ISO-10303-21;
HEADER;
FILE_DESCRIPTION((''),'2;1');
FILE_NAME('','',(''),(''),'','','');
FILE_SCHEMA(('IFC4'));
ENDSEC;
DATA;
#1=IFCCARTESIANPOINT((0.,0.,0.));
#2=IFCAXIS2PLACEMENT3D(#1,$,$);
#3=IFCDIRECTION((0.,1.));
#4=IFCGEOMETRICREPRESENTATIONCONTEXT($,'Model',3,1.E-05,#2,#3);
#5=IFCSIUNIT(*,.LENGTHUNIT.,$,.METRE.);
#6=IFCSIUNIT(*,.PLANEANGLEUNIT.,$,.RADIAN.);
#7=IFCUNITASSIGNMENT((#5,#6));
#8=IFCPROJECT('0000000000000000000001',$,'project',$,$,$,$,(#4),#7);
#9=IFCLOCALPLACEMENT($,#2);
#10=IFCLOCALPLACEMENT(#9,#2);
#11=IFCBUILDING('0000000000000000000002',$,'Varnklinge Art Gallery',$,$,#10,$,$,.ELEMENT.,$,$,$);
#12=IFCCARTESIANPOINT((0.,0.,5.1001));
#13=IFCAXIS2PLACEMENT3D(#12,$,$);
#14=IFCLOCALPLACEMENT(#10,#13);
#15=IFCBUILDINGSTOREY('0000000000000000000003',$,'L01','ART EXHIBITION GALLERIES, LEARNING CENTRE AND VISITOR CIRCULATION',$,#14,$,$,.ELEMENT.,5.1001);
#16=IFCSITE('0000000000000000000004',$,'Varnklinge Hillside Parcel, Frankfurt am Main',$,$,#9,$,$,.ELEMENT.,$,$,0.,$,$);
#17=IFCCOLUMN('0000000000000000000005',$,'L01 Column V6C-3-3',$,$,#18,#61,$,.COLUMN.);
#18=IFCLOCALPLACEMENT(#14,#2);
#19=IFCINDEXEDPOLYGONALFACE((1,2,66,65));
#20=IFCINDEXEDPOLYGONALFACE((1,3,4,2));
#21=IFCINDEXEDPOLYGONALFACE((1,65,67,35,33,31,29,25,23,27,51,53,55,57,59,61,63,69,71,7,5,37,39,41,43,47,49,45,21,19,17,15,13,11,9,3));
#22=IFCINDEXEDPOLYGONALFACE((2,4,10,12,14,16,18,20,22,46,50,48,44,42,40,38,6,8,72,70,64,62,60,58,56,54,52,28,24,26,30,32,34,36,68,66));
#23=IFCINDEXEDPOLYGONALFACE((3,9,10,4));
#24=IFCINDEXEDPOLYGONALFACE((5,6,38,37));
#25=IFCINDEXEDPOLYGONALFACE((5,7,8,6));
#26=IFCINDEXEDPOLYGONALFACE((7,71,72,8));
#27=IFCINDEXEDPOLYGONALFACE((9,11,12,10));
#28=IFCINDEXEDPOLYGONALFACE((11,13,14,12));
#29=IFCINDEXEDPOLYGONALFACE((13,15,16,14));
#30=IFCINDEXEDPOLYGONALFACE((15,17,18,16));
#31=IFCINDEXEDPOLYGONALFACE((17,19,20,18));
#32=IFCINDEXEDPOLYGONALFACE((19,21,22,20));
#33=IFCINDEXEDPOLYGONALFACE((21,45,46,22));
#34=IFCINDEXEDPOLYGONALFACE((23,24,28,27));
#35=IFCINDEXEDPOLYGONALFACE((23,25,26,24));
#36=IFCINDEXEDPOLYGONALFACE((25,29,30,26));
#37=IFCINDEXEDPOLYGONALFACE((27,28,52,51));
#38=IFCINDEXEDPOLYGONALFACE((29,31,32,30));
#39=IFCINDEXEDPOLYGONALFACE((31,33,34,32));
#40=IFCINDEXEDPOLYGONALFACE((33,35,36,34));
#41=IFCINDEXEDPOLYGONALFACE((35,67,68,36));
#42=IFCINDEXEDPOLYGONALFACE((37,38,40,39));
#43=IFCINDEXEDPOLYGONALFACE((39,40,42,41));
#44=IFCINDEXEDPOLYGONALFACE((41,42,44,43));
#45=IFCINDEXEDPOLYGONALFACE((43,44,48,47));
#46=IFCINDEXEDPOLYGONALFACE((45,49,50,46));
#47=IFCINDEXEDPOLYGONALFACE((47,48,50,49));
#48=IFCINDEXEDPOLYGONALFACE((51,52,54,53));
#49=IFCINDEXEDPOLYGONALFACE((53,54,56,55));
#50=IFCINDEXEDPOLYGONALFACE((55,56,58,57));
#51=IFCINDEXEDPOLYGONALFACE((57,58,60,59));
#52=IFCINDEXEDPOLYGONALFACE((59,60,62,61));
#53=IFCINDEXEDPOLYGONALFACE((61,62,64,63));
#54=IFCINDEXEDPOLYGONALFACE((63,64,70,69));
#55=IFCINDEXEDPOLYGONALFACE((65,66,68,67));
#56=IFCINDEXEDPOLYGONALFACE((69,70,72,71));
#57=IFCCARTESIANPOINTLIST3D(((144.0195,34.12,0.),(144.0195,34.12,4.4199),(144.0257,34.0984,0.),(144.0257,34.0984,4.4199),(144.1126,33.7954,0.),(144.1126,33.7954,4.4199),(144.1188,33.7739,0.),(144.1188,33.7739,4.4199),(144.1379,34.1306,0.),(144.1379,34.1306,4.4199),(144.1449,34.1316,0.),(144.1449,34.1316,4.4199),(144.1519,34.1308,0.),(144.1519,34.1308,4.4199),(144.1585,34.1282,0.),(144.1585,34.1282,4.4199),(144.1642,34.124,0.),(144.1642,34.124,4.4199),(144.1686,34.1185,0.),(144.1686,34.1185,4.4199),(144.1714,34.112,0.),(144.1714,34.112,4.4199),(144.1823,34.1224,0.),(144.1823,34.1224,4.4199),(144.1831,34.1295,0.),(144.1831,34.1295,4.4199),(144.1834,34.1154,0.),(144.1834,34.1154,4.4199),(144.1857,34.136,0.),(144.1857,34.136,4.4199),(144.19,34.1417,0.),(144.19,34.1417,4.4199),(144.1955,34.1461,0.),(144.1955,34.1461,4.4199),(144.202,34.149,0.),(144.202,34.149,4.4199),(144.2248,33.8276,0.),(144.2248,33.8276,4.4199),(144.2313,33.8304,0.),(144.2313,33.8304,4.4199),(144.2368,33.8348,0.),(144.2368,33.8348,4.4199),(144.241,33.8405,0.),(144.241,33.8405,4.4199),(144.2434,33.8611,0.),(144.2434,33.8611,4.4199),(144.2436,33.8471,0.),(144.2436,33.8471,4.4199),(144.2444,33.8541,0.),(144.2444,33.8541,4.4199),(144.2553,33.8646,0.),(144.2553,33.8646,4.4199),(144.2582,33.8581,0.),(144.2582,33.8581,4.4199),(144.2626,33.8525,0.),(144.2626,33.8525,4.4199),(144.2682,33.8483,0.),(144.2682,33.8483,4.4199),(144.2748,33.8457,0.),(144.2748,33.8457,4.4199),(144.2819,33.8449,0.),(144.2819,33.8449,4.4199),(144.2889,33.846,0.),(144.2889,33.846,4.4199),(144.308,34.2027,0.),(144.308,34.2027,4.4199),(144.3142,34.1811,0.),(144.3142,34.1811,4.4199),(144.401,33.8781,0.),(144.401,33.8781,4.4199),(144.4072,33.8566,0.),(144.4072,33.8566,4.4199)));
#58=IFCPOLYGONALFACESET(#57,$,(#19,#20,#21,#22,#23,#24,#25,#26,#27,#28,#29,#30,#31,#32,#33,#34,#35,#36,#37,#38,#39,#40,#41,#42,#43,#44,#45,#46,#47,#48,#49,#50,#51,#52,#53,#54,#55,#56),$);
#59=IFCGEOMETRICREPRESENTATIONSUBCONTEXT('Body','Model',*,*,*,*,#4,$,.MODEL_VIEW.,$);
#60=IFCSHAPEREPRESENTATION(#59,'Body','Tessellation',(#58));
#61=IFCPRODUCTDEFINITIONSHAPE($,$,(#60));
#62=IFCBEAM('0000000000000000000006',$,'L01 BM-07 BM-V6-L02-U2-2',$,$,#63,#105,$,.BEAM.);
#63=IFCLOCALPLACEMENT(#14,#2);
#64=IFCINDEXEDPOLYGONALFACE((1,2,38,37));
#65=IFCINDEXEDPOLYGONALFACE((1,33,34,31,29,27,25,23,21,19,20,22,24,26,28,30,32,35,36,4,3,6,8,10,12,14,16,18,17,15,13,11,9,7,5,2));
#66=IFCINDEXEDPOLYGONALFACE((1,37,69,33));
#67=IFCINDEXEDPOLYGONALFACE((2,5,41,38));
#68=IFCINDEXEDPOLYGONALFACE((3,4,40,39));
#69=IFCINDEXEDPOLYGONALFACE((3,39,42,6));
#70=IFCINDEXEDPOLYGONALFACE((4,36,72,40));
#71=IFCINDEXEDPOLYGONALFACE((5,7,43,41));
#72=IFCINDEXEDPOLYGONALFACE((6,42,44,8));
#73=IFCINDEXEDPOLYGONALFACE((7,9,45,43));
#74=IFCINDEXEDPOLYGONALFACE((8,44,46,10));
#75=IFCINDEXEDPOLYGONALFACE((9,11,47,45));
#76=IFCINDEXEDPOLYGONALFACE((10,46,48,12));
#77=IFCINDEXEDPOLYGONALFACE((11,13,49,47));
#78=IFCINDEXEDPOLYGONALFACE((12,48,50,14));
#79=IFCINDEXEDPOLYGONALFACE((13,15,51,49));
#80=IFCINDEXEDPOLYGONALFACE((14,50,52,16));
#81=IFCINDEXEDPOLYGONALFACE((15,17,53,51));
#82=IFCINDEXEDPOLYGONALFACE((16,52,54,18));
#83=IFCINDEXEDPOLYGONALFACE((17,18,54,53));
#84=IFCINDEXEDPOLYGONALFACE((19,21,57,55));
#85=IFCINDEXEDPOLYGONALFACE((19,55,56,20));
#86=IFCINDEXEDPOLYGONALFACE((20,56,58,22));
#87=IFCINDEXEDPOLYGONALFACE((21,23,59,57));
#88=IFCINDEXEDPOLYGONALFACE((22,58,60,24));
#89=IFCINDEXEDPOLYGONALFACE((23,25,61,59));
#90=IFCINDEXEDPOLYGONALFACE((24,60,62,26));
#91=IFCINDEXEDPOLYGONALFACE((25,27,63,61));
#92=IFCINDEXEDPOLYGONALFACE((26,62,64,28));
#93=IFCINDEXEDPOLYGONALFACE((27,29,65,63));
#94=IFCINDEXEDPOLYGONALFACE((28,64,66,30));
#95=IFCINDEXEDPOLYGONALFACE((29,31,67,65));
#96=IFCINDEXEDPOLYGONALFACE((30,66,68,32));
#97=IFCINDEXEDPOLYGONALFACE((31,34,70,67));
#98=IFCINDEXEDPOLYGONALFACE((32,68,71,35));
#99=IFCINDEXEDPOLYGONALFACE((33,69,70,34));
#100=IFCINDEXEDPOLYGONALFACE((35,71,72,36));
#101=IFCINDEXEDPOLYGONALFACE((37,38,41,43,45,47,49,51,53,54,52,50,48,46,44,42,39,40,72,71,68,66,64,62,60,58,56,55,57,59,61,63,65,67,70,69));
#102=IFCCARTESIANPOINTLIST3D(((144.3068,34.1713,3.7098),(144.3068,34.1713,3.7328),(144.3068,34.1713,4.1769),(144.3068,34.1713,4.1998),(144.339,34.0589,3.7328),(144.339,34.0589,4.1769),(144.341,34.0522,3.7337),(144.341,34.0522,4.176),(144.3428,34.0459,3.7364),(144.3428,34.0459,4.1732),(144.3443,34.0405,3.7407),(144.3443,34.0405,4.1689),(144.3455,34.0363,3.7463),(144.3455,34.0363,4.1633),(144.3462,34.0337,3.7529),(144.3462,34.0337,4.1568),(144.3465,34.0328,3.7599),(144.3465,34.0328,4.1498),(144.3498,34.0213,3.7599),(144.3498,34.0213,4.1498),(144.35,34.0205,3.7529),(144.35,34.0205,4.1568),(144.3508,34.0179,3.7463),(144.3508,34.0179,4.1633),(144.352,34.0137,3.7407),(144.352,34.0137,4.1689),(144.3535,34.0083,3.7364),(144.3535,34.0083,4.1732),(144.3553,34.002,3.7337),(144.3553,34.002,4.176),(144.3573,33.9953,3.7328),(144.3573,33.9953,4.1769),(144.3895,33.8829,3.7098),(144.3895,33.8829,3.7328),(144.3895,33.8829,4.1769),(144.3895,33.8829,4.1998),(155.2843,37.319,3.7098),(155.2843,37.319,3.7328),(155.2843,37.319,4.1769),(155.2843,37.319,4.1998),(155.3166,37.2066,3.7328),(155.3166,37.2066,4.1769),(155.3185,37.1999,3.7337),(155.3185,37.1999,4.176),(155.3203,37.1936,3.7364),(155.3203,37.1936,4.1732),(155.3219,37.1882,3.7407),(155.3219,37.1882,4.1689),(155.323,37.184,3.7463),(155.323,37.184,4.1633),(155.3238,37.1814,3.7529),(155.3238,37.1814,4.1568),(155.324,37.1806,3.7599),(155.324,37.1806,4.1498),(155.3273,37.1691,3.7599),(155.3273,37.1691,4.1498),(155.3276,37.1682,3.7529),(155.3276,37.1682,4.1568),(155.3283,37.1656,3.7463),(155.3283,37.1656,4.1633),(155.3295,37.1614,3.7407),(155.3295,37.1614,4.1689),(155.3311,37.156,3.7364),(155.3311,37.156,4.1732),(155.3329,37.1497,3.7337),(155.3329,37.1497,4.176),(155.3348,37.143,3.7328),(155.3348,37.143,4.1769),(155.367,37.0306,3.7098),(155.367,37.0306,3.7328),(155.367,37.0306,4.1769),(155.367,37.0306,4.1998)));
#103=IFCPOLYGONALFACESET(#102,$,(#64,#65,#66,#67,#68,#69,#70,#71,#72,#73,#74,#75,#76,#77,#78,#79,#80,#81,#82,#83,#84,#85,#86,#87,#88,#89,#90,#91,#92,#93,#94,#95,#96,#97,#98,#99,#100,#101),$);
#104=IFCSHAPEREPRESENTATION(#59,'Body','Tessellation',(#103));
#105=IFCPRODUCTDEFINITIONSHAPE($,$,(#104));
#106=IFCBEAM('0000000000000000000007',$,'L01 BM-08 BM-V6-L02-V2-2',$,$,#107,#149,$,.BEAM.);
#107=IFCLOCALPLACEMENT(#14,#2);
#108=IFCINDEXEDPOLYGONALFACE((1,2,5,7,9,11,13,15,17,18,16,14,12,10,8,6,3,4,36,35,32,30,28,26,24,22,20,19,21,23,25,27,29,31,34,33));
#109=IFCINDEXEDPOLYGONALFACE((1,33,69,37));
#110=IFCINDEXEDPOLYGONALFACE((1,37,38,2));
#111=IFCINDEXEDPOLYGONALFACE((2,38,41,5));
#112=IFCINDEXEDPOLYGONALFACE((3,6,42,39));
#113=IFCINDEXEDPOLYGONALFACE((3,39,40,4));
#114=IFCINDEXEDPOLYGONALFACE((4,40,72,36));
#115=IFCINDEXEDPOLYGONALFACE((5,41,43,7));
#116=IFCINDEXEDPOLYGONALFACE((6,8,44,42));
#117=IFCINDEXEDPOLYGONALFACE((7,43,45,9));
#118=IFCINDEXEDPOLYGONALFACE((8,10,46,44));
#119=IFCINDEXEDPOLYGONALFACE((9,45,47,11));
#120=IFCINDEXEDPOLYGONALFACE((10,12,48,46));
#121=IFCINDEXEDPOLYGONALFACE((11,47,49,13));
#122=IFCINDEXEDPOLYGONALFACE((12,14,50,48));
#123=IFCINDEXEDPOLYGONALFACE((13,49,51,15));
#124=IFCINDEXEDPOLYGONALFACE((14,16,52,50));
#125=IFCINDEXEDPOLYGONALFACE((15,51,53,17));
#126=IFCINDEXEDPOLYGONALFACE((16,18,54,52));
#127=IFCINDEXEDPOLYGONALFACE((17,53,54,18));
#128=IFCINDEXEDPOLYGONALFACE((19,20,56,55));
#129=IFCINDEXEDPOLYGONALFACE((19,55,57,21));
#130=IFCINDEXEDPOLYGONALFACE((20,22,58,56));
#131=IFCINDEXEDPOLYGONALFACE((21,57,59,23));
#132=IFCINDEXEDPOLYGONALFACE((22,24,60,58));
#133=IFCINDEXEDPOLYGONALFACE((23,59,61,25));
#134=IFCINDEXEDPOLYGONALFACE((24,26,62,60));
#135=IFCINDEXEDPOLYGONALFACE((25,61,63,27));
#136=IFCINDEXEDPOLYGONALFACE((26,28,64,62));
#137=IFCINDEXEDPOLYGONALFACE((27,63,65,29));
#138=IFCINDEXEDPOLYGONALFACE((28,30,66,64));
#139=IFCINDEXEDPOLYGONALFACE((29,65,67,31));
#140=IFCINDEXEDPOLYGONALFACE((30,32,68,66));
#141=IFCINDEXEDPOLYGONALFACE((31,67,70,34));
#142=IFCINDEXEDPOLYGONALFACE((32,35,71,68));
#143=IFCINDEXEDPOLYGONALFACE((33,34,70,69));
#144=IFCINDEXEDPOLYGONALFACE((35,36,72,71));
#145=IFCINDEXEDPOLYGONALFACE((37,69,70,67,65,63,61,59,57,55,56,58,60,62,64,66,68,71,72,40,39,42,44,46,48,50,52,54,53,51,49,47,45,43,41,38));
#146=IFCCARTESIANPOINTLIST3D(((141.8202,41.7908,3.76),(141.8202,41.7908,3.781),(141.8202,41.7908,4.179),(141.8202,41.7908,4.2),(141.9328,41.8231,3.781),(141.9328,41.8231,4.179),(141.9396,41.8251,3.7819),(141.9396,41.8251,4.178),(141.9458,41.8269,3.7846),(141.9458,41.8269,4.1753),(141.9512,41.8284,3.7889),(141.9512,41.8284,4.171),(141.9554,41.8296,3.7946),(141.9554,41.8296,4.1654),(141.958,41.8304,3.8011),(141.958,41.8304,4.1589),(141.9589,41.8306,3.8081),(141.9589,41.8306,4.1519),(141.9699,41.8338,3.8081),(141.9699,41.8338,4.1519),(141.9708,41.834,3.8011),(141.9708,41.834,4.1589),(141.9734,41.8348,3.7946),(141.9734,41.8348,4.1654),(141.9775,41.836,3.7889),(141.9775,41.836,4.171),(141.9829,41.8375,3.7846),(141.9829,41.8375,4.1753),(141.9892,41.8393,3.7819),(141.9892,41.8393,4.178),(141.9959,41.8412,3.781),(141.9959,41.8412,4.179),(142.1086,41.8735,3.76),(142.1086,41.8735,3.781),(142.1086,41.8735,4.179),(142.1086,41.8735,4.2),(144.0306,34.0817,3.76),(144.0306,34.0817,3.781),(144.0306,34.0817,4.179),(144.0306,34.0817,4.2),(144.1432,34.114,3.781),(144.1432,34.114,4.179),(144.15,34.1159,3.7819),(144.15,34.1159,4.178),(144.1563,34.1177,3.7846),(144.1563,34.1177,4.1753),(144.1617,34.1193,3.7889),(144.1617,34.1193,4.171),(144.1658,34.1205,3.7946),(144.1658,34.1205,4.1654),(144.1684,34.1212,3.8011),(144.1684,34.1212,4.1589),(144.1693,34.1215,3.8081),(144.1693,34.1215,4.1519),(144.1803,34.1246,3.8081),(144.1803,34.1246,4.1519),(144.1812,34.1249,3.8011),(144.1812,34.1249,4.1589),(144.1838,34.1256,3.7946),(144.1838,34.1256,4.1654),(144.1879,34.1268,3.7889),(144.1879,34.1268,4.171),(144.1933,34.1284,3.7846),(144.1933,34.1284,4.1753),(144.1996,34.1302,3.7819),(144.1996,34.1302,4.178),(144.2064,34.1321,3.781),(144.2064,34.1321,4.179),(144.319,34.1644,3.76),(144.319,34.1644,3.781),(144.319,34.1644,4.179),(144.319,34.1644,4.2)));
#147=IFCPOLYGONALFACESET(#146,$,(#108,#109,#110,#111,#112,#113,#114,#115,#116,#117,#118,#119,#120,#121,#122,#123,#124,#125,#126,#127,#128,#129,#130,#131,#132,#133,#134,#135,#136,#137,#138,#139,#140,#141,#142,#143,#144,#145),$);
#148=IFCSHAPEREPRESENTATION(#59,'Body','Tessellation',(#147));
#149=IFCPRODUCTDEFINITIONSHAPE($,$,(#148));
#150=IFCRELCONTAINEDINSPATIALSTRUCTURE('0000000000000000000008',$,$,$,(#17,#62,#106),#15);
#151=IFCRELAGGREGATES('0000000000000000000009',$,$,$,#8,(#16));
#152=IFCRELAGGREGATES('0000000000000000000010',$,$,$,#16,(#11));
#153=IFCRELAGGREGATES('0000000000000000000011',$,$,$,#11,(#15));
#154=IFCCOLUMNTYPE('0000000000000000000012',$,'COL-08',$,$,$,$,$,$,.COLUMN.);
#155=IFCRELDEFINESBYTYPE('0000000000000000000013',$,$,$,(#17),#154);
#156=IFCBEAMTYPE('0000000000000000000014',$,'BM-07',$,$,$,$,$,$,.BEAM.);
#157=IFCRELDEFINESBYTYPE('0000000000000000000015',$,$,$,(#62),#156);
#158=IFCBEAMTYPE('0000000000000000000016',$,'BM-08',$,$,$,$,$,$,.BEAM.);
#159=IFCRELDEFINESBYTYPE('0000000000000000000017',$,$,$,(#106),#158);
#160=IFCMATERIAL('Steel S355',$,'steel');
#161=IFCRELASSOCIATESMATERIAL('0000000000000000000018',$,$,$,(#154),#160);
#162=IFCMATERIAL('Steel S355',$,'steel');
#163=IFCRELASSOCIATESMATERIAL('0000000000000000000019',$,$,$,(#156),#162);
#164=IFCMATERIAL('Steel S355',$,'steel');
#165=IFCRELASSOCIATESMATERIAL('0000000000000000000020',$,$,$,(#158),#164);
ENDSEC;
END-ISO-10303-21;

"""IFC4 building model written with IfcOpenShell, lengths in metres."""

from ifc_helpers import new_model, si_unit, direction, frame, origin, origin_2d, place, context, subcontext, project, spatial, i_section, extrude, material, material_profile, profile_set, type_object, element, save


model = new_model("IFC4")

# Units and contexts
model_context = context("Model", 3, precision=1e-05, world=origin(), true_north=direction((0.0, 1.0)))
body_context = subcontext(model_context, "Body", "Model", "MODEL_VIEW")
ifc_project = project(units=[si_unit("LENGTHUNIT", "METRE"), si_unit("PLANEANGLEUNIT", "RADIAN")], contexts=[model_context])

# Site, building, storey
site_placement = place(None, origin())
site = spatial("IfcSite", under=ifc_project, at=site_placement, Name="Varnklinge Hillside Parcel, Frankfurt am Main", CompositionType="ELEMENT", RefElevation=0.0)
building_placement = place(site_placement, origin())
building = spatial("IfcBuilding", under=site, at=building_placement, Name="Varnklinge Art Gallery", CompositionType="ELEMENT")
storey_placement = place(building_placement, frame((0.0, 0.0, 5.1001)))
storey = spatial("IfcBuildingStorey", under=building, at=storey_placement, Name="L01", Description="ART EXHIBITION GALLERIES, LEARNING CENTRE AND VISITOR CIRCULATION", CompositionType="ELEMENT", Elevation=5.1001)

# Column
ifc_material_1 = material(Name="Steel S355", Category="steel")
ifc_material_profile_1 = material_profile(ifc_material_1, i_section(OverallWidth=0.3, OverallDepth=0.3601, WebThickness=0.0125, FlangeThickness=0.0225, FilletRadius=0.0271, at=origin_2d()), Name="HEB 360")
ifc_profile_set_1 = profile_set([ifc_material_profile_1], Name="Steel S355")
column_type = type_object("IfcColumnType", Name="COL-08", PredefinedType="COLUMN", material=ifc_profile_set_1)
column_placement = place(storey_placement, frame((144.2134, 33.9883, 0.0), z_axis=(0.0, 0.0, 1.0), x_axis=(0.961262, 0.275637, 0.0)))
element("IfcColumn", 1, at=column_placement, inside=storey, type_object=column_type, Name="L01 Column V6C-3-3", PredefinedType="COLUMN", context=body_context, shape_type="SweptSolid", body=[
    extrude(i_section(OverallWidth=0.3, OverallDepth=0.3601, WebThickness=0.0125, FlangeThickness=0.0225, FilletRadius=0.0271, at=origin_2d()), origin(), (0.0, 0.0, 1.0), 4.4199),
])

# Beams
ifc_material_2 = material(Name="Steel S355", Category="steel")
ifc_material_profile_2 = material_profile(ifc_material_2, i_section(OverallWidth=0.3, OverallDepth=0.49, WebThickness=0.012, FlangeThickness=0.0229, FilletRadius=0.0271, at=origin_2d()), Name="HEA 500")
ifc_profile_set_2 = profile_set([ifc_material_profile_2], Name="Steel S355")
beam_type_1 = type_object("IfcBeamType", Name="BM-07", PredefinedType="BEAM", material=ifc_profile_set_2)
beam_1_placement = place(storey_placement, frame((144.3481, 34.0271, 3.9548), z_axis=(0.961263, 0.275633, 0.0), x_axis=(-0.275633, 0.961263, 0.0)))
element("IfcBeam", 2, at=beam_1_placement, inside=storey, type_object=beam_type_1, Name="L01 BM-07 BM-V6-L02-U2-2", PredefinedType="BEAM", context=body_context, shape_type="SweptSolid", body=[
    extrude(i_section(OverallWidth=0.3, OverallDepth=0.49, WebThickness=0.012, FlangeThickness=0.0229, FilletRadius=0.0271, at=origin_2d()), origin(), (0.0, 0.0, 1.0), 11.4199),
])
ifc_material_3 = material(Name="Steel S355", Category="steel")
ifc_material_profile_3 = material_profile(ifc_material_3, i_section(OverallWidth=0.3, OverallDepth=0.4399, WebThickness=0.0115, FlangeThickness=0.021, FilletRadius=0.0271, at=origin_2d()), Name="HEA 450")
ifc_profile_set_3 = profile_set([ifc_material_profile_3], Name="Steel S355")
beam_type_2 = type_object("IfcBeamType", Name="BM-08", PredefinedType="BEAM", material=ifc_profile_set_3)
beam_2_placement = place(storey_placement, frame((144.1748, 34.123, 3.98), z_axis=(-0.275622, 0.961266, 0.0), x_axis=(-0.961266, -0.275622, 0.0)))
element("IfcBeam", 3, at=beam_2_placement, inside=storey, type_object=beam_type_2, Name="L01 BM-08 BM-V6-L02-V2-2", PredefinedType="BEAM", context=body_context, shape_type="SweptSolid", body=[
    extrude(i_section(OverallWidth=0.3, OverallDepth=0.4399, WebThickness=0.0115, FlangeThickness=0.021, FilletRadius=0.0271, at=origin_2d()), origin(), (0.0, 0.0, 1.0), 8.0198),
])

save(model, "model.ifc")
